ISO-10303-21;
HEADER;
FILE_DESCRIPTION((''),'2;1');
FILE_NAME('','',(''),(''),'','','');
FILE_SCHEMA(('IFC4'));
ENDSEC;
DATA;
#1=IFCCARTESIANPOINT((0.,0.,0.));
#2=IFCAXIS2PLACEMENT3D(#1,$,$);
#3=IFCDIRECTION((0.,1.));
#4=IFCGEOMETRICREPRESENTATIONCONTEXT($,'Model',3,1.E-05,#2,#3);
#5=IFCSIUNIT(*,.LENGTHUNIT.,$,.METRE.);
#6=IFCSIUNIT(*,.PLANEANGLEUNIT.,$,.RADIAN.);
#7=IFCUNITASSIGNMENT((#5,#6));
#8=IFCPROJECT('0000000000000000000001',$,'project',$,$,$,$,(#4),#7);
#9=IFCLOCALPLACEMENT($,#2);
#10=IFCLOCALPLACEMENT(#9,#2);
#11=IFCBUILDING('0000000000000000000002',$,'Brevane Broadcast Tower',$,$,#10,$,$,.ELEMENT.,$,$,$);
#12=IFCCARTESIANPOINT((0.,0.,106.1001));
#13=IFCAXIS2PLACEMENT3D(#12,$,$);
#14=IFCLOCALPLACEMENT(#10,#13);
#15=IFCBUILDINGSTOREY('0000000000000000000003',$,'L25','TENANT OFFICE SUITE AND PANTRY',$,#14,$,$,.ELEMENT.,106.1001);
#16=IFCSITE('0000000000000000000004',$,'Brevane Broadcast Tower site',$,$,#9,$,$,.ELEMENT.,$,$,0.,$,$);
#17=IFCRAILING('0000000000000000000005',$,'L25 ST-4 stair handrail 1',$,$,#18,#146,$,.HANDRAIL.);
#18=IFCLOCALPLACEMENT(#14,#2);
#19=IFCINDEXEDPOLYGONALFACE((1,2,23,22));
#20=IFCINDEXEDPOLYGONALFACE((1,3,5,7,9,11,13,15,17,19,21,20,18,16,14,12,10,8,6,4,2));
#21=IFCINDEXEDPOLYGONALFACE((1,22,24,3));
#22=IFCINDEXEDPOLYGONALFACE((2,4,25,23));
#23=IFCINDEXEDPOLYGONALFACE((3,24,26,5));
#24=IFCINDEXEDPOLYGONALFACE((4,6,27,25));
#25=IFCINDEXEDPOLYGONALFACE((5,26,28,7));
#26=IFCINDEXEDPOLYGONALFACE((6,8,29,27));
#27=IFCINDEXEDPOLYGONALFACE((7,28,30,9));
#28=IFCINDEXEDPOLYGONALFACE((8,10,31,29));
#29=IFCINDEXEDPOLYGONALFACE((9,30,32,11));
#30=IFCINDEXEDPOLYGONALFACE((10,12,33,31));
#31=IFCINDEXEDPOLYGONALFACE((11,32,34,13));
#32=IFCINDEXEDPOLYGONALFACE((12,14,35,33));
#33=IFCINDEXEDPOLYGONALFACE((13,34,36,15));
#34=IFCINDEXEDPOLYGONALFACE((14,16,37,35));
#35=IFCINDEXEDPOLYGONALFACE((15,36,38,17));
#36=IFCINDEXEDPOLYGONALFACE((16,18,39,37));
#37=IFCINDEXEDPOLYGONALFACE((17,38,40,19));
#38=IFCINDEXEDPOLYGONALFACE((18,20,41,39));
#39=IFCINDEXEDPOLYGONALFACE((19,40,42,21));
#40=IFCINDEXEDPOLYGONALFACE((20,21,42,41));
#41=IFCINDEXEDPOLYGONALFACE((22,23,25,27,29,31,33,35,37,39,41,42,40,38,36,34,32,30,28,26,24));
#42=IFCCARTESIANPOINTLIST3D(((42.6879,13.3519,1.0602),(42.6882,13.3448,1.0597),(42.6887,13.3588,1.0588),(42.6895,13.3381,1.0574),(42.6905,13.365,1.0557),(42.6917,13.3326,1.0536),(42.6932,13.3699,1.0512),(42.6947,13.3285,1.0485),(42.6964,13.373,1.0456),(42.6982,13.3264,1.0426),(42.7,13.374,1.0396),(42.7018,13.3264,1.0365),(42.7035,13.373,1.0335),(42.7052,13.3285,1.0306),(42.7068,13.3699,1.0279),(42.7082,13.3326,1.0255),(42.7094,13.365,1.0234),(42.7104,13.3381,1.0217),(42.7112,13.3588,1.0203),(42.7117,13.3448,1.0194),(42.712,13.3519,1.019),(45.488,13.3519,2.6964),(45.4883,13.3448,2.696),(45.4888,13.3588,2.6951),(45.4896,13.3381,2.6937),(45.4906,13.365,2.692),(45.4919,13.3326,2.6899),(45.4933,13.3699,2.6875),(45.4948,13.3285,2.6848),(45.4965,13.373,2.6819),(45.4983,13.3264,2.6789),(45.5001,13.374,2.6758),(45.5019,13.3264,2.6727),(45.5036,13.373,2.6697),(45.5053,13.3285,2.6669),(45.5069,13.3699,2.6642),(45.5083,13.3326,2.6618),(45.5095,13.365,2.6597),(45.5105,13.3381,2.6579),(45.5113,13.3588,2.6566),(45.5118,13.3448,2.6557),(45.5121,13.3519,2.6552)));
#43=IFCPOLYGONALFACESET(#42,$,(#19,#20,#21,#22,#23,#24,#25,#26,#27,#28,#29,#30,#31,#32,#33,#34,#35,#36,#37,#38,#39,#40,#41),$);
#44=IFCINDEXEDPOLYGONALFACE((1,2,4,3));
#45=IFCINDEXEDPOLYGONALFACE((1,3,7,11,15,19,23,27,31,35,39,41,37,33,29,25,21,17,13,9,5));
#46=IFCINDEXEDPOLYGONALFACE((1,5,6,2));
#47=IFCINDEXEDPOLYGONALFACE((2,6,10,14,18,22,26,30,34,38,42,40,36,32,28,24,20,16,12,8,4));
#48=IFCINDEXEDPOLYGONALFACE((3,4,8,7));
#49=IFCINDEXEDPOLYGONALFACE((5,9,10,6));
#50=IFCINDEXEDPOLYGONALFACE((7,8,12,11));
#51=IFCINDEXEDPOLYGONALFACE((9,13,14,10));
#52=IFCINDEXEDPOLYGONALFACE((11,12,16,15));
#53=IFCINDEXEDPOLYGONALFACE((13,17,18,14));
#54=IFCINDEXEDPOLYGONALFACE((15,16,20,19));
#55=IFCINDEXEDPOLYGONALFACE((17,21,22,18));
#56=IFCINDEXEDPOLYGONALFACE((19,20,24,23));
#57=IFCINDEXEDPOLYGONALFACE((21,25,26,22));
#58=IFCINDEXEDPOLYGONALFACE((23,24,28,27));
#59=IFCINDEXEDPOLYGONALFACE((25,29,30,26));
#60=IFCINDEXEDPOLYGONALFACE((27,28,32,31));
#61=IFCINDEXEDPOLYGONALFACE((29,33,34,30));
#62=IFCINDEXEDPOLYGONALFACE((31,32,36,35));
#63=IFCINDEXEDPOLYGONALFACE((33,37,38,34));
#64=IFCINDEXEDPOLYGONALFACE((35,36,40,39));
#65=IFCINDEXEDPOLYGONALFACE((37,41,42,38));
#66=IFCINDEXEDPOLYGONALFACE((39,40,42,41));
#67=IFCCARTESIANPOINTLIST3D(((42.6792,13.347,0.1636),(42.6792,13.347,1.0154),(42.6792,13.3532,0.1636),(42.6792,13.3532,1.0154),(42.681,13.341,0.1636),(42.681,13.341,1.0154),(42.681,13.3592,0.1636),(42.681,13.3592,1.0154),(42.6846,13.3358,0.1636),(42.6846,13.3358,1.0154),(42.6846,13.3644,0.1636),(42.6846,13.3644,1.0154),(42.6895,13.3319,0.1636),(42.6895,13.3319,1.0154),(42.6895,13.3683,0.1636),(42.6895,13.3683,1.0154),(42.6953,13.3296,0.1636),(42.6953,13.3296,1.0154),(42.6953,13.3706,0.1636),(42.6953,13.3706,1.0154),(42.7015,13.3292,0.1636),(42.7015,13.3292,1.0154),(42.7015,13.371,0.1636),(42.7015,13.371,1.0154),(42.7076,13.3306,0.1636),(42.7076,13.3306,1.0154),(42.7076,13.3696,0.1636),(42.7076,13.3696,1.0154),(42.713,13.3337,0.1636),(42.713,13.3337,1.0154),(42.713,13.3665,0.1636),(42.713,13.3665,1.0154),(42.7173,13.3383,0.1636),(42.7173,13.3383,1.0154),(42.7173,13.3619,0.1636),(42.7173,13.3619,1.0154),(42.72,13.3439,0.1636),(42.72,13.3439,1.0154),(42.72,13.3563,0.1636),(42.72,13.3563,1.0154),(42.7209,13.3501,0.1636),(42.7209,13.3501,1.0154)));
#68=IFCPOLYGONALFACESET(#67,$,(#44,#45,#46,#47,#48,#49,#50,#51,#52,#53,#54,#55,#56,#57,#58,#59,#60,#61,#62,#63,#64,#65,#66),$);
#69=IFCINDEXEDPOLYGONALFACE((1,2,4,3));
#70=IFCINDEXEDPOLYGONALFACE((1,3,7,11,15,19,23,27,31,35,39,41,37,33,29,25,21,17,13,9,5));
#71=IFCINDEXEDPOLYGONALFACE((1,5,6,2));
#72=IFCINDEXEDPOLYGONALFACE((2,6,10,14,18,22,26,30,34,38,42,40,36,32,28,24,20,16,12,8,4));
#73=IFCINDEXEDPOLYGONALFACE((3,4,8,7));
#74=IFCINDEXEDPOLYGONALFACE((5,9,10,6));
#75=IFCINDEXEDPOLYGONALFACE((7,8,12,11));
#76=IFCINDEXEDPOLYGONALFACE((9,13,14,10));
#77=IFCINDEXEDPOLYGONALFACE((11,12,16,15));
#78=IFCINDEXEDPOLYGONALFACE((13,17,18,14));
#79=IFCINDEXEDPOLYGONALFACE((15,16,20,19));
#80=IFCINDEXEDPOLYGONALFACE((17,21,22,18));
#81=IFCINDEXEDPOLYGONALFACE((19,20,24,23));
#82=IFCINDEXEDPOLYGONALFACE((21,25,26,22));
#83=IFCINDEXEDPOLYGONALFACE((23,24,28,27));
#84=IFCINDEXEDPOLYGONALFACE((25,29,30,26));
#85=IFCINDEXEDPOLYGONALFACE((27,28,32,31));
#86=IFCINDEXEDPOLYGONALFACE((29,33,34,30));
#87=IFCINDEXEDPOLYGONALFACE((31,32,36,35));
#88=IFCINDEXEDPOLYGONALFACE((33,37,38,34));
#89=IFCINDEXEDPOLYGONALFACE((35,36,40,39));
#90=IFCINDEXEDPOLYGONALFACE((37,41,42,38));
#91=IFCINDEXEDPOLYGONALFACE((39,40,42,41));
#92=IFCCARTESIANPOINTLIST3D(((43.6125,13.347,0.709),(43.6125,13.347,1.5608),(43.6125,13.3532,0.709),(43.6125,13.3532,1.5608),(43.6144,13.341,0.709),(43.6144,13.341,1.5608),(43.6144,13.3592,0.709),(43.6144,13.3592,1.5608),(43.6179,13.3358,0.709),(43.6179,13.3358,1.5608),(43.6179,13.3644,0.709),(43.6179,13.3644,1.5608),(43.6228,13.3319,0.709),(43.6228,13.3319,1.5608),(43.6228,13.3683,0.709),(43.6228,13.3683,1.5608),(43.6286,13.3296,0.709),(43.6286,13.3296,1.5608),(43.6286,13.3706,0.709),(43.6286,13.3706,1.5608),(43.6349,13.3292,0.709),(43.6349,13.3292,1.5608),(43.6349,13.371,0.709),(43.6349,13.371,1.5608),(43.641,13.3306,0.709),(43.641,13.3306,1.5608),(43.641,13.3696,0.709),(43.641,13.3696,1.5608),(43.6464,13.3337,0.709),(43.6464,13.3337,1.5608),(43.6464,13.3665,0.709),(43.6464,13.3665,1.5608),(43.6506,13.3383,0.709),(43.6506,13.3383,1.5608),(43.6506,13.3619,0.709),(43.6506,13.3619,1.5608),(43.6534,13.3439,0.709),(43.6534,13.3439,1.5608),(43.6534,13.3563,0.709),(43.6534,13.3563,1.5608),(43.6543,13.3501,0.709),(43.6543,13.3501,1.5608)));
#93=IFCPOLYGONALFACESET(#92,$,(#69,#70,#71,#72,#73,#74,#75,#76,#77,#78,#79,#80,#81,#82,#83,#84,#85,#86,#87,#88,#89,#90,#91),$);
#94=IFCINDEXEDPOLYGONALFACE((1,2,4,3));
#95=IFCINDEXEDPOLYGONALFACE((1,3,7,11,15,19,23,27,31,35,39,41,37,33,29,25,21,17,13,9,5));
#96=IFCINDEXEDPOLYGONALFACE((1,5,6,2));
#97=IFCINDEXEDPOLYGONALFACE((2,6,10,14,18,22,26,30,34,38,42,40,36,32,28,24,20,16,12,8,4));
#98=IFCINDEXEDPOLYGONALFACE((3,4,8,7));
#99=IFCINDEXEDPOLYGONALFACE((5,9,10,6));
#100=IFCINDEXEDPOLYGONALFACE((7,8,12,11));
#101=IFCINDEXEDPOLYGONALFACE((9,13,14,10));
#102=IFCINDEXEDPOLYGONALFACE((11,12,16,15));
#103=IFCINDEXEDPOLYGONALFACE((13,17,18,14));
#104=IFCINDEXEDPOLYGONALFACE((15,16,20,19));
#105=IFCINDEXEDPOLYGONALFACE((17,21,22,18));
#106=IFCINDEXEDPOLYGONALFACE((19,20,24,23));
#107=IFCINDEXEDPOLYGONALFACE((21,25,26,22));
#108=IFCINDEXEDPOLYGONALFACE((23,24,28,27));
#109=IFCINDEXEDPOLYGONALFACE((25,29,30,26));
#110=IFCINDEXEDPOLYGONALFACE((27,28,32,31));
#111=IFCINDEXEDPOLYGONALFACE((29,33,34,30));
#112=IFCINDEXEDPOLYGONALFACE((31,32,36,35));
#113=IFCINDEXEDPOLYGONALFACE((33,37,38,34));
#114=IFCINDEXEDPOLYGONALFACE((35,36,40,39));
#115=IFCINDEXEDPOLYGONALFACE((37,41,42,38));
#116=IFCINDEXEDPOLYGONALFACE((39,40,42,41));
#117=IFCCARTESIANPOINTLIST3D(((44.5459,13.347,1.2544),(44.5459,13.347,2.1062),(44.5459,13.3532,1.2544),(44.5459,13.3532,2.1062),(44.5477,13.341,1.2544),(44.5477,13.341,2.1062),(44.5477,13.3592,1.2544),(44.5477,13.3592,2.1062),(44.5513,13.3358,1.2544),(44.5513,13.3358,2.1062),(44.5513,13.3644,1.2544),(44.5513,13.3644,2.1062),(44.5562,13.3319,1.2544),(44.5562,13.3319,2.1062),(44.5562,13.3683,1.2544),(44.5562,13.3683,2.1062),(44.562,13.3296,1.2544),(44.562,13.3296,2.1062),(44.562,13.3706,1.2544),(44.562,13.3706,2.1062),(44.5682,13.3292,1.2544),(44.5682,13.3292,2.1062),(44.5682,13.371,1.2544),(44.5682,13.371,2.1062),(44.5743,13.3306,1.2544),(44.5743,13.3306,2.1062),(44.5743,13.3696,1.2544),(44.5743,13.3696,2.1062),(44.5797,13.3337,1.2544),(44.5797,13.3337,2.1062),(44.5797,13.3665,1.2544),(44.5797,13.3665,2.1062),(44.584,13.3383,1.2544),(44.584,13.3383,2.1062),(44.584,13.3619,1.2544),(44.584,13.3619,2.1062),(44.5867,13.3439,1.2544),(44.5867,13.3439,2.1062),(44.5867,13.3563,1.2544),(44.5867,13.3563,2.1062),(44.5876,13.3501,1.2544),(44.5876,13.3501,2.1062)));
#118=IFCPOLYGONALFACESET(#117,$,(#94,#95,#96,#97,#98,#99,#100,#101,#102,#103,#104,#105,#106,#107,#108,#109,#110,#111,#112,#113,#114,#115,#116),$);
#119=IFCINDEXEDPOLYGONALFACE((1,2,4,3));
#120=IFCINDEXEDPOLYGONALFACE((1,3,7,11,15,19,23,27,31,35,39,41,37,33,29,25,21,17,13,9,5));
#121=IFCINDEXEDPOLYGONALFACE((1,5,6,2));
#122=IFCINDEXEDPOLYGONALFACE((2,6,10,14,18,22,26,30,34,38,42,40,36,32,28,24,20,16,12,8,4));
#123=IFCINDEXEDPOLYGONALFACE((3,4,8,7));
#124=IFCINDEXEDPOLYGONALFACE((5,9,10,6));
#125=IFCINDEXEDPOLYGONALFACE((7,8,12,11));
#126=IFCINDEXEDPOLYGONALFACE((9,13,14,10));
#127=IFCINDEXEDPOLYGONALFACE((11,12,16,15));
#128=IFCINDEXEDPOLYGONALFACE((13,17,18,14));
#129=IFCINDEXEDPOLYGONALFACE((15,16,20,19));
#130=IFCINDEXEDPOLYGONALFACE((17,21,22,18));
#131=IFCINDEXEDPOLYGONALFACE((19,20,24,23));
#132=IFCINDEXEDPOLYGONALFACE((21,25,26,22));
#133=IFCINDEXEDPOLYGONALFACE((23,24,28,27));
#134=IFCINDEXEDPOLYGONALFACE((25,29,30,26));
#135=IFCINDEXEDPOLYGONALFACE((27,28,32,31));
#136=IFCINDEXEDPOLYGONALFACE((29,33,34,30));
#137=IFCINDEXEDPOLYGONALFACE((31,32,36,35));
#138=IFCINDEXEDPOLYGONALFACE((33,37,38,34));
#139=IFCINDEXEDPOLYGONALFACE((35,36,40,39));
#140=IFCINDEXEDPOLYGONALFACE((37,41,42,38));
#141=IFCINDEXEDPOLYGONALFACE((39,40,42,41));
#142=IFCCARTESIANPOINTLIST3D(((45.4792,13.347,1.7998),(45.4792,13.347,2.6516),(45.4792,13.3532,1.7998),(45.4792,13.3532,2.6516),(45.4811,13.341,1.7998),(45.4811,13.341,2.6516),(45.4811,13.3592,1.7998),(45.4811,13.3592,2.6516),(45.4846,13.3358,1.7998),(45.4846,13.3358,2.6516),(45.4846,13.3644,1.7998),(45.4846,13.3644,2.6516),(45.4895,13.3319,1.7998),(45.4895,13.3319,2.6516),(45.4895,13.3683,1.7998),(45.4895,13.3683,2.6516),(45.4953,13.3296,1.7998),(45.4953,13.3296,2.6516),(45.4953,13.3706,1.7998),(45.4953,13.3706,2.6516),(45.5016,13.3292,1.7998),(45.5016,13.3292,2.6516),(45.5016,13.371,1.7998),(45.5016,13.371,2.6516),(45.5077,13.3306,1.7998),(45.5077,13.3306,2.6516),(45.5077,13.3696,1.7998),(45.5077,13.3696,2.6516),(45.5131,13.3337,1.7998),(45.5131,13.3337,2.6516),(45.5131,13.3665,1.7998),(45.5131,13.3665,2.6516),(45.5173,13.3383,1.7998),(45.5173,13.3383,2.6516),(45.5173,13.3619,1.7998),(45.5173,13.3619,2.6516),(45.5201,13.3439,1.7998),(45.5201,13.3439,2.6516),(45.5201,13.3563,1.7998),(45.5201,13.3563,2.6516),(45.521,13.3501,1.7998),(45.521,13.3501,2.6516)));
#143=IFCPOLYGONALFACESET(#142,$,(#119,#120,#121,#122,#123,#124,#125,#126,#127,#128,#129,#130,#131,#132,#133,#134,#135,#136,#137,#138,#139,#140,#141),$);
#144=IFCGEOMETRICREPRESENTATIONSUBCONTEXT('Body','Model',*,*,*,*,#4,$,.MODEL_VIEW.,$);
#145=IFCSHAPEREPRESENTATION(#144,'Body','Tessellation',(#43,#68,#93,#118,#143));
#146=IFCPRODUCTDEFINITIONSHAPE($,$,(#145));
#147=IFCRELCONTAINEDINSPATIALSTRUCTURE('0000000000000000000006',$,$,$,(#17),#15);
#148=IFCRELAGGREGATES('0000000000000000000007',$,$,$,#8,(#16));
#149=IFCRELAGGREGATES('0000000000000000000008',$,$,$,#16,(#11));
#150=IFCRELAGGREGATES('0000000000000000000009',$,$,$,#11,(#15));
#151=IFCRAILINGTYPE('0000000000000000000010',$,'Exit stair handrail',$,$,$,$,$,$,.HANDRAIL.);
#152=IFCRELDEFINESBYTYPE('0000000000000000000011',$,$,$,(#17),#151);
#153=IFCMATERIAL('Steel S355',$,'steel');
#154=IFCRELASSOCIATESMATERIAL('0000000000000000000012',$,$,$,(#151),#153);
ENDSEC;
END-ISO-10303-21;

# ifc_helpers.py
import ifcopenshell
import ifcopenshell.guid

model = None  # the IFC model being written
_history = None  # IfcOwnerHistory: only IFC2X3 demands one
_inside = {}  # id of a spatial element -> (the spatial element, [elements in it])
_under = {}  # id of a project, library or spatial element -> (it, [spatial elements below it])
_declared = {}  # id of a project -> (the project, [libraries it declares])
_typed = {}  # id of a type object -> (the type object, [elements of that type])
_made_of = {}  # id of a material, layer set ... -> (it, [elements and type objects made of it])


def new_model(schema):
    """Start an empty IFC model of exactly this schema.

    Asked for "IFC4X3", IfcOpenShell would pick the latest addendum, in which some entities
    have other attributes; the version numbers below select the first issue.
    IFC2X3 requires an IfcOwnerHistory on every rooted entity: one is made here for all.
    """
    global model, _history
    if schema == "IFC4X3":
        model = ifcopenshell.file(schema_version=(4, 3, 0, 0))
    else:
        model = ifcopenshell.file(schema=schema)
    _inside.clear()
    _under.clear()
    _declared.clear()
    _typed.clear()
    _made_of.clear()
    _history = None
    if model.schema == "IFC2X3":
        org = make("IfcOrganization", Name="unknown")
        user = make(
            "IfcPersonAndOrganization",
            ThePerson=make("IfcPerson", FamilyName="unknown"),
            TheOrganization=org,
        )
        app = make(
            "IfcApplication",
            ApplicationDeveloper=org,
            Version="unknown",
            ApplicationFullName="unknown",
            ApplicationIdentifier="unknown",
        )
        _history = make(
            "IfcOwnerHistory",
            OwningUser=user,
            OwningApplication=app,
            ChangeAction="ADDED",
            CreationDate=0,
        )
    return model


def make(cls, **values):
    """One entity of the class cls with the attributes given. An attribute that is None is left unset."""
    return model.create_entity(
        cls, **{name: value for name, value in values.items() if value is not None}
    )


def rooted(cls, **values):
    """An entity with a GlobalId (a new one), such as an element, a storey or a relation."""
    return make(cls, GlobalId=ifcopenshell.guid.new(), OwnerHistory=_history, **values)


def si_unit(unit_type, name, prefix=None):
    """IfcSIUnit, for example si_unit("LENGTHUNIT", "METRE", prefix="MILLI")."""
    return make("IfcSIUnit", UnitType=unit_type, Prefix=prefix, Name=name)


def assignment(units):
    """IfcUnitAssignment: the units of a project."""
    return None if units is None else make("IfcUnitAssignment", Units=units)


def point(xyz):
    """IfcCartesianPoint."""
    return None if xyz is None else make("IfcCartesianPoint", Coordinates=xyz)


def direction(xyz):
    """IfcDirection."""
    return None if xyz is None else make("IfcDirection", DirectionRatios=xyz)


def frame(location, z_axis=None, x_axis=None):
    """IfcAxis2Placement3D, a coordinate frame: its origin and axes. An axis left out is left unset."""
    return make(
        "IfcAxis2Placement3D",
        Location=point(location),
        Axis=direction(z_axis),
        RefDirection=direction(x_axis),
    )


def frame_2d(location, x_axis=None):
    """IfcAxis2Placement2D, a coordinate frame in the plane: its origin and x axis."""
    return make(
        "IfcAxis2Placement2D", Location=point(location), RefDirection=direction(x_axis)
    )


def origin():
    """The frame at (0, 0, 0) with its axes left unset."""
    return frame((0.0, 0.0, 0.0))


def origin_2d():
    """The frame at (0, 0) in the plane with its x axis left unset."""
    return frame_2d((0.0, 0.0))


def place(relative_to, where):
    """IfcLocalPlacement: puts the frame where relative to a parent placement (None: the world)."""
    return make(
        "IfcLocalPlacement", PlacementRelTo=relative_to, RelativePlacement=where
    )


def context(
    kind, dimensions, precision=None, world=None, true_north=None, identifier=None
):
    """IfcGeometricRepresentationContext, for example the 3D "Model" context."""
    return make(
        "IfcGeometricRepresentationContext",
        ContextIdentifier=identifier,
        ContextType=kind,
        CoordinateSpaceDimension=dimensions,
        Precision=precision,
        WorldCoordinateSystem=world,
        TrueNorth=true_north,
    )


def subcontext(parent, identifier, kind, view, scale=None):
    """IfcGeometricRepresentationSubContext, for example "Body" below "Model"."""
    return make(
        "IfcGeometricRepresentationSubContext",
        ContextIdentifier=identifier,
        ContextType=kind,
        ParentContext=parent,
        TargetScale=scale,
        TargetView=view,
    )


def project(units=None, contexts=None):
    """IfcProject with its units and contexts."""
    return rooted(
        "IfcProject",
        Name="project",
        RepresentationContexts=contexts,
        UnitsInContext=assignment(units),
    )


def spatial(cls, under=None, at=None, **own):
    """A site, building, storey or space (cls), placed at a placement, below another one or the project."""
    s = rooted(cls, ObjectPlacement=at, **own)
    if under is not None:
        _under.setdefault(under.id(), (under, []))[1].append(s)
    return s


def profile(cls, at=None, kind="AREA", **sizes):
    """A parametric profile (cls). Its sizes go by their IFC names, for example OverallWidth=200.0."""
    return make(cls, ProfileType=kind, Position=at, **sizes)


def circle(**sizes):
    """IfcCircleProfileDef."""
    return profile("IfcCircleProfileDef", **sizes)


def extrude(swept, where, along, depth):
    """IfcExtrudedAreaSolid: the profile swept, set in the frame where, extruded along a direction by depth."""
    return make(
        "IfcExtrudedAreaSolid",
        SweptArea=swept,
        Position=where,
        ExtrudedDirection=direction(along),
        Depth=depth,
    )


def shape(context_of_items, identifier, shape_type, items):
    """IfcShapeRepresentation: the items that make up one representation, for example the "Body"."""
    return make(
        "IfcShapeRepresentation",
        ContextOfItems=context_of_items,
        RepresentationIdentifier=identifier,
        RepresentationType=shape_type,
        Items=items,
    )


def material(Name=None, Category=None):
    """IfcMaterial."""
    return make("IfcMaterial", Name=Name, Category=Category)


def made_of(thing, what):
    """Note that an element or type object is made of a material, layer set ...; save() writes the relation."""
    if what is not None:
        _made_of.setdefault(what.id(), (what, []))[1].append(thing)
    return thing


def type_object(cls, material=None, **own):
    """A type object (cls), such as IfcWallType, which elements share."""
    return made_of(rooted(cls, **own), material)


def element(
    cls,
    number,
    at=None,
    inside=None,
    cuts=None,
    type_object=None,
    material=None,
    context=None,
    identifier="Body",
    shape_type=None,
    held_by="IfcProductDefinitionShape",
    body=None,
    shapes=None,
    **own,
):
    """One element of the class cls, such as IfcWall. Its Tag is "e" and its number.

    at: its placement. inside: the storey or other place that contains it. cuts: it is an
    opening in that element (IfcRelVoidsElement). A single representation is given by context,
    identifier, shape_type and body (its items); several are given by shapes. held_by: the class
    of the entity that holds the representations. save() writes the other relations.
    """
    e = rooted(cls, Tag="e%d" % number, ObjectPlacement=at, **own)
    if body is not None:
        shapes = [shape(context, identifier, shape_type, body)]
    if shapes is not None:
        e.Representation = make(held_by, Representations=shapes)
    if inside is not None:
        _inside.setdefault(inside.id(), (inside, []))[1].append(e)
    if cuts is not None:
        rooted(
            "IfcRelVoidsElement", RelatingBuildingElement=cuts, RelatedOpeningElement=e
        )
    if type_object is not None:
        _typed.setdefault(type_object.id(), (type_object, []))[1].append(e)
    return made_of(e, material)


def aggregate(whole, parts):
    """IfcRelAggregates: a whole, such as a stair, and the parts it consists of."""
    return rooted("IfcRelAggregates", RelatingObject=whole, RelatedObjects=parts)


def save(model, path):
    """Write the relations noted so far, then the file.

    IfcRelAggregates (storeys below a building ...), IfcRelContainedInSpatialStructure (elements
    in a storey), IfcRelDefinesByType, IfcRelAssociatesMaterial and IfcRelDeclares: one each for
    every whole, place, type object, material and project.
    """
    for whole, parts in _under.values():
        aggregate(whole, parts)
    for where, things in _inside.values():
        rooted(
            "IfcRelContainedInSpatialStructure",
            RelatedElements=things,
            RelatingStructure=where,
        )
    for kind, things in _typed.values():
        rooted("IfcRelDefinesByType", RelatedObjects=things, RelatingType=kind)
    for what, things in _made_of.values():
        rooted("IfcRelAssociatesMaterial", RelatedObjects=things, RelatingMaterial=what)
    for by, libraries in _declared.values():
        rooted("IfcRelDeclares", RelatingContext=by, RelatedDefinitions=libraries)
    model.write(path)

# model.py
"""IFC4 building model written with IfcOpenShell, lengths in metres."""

from ifc_helpers import new_model, si_unit, direction, frame, origin, origin_2d, place, context, subcontext, project, spatial, circle, extrude, material, type_object, element, save


model = new_model("IFC4")

# Units and contexts
model_context = context("Model", 3, precision=1e-05, world=origin(), true_north=direction((0.0, 1.0)))
body_context = subcontext(model_context, "Body", "Model", "MODEL_VIEW")
ifc_project = project(units=[si_unit("LENGTHUNIT", "METRE"), si_unit("PLANEANGLEUNIT", "RADIAN")], contexts=[model_context])

# Site, building, storey
site_placement = place(None, origin())
site = spatial("IfcSite", under=ifc_project, at=site_placement, Name="Brevane Broadcast Tower site", CompositionType="ELEMENT", RefElevation=0.0)
building_placement = place(site_placement, origin())
building = spatial("IfcBuilding", under=site, at=building_placement, Name="Brevane Broadcast Tower", CompositionType="ELEMENT")
storey_placement = place(building_placement, frame((0.0, 0.0, 106.1001)))
storey = spatial("IfcBuildingStorey", under=building, at=storey_placement, Name="L25", Description="TENANT OFFICE SUITE AND PANTRY", CompositionType="ELEMENT", Elevation=106.1001)

# Railing
ifc_material_1 = material(Name="Steel S355", Category="steel")
railing_type_1 = type_object("IfcRailingType", Name="Exit stair handrail", PredefinedType="HANDRAIL", material=ifc_material_1)
railing_1_placement = place(storey_placement, frame((42.7, 13.3501, 0.1636)))
element("IfcRailing", 1, at=railing_1_placement, inside=storey, type_object=railing_type_1, Name="L25 ST-4 stair handrail 1", PredefinedType="HANDRAIL", context=body_context, shape_type="SweptSolid", body=[
    extrude(circle(Radius=0.0239, at=origin_2d()), frame((0.0, 0.0, 0.876), z_axis=(0.863394, 0.0, 0.504531), x_axis=(0.0, 1.0, 0.0)), (0.0, 0.0, 1.0), 3.2432),
    extrude(circle(Radius=0.021, at=origin_2d()), origin(), (0.0, 0.0, 1.0), 0.8518),
    extrude(circle(Radius=0.021, at=origin_2d()), frame((0.9333, 0.0, 0.5454)), (0.0, 0.0, 1.0), 0.8518),
    extrude(circle(Radius=0.021, at=origin_2d()), frame((1.8667, 0.0, 1.0908)), (0.0, 0.0, 1.0), 0.8518),
    extrude(circle(Radius=0.021, at=origin_2d()), frame((2.8, 0.0, 1.6362)), (0.0, 0.0, 1.0), 0.8518),
])

save(model, "model.ifc")
